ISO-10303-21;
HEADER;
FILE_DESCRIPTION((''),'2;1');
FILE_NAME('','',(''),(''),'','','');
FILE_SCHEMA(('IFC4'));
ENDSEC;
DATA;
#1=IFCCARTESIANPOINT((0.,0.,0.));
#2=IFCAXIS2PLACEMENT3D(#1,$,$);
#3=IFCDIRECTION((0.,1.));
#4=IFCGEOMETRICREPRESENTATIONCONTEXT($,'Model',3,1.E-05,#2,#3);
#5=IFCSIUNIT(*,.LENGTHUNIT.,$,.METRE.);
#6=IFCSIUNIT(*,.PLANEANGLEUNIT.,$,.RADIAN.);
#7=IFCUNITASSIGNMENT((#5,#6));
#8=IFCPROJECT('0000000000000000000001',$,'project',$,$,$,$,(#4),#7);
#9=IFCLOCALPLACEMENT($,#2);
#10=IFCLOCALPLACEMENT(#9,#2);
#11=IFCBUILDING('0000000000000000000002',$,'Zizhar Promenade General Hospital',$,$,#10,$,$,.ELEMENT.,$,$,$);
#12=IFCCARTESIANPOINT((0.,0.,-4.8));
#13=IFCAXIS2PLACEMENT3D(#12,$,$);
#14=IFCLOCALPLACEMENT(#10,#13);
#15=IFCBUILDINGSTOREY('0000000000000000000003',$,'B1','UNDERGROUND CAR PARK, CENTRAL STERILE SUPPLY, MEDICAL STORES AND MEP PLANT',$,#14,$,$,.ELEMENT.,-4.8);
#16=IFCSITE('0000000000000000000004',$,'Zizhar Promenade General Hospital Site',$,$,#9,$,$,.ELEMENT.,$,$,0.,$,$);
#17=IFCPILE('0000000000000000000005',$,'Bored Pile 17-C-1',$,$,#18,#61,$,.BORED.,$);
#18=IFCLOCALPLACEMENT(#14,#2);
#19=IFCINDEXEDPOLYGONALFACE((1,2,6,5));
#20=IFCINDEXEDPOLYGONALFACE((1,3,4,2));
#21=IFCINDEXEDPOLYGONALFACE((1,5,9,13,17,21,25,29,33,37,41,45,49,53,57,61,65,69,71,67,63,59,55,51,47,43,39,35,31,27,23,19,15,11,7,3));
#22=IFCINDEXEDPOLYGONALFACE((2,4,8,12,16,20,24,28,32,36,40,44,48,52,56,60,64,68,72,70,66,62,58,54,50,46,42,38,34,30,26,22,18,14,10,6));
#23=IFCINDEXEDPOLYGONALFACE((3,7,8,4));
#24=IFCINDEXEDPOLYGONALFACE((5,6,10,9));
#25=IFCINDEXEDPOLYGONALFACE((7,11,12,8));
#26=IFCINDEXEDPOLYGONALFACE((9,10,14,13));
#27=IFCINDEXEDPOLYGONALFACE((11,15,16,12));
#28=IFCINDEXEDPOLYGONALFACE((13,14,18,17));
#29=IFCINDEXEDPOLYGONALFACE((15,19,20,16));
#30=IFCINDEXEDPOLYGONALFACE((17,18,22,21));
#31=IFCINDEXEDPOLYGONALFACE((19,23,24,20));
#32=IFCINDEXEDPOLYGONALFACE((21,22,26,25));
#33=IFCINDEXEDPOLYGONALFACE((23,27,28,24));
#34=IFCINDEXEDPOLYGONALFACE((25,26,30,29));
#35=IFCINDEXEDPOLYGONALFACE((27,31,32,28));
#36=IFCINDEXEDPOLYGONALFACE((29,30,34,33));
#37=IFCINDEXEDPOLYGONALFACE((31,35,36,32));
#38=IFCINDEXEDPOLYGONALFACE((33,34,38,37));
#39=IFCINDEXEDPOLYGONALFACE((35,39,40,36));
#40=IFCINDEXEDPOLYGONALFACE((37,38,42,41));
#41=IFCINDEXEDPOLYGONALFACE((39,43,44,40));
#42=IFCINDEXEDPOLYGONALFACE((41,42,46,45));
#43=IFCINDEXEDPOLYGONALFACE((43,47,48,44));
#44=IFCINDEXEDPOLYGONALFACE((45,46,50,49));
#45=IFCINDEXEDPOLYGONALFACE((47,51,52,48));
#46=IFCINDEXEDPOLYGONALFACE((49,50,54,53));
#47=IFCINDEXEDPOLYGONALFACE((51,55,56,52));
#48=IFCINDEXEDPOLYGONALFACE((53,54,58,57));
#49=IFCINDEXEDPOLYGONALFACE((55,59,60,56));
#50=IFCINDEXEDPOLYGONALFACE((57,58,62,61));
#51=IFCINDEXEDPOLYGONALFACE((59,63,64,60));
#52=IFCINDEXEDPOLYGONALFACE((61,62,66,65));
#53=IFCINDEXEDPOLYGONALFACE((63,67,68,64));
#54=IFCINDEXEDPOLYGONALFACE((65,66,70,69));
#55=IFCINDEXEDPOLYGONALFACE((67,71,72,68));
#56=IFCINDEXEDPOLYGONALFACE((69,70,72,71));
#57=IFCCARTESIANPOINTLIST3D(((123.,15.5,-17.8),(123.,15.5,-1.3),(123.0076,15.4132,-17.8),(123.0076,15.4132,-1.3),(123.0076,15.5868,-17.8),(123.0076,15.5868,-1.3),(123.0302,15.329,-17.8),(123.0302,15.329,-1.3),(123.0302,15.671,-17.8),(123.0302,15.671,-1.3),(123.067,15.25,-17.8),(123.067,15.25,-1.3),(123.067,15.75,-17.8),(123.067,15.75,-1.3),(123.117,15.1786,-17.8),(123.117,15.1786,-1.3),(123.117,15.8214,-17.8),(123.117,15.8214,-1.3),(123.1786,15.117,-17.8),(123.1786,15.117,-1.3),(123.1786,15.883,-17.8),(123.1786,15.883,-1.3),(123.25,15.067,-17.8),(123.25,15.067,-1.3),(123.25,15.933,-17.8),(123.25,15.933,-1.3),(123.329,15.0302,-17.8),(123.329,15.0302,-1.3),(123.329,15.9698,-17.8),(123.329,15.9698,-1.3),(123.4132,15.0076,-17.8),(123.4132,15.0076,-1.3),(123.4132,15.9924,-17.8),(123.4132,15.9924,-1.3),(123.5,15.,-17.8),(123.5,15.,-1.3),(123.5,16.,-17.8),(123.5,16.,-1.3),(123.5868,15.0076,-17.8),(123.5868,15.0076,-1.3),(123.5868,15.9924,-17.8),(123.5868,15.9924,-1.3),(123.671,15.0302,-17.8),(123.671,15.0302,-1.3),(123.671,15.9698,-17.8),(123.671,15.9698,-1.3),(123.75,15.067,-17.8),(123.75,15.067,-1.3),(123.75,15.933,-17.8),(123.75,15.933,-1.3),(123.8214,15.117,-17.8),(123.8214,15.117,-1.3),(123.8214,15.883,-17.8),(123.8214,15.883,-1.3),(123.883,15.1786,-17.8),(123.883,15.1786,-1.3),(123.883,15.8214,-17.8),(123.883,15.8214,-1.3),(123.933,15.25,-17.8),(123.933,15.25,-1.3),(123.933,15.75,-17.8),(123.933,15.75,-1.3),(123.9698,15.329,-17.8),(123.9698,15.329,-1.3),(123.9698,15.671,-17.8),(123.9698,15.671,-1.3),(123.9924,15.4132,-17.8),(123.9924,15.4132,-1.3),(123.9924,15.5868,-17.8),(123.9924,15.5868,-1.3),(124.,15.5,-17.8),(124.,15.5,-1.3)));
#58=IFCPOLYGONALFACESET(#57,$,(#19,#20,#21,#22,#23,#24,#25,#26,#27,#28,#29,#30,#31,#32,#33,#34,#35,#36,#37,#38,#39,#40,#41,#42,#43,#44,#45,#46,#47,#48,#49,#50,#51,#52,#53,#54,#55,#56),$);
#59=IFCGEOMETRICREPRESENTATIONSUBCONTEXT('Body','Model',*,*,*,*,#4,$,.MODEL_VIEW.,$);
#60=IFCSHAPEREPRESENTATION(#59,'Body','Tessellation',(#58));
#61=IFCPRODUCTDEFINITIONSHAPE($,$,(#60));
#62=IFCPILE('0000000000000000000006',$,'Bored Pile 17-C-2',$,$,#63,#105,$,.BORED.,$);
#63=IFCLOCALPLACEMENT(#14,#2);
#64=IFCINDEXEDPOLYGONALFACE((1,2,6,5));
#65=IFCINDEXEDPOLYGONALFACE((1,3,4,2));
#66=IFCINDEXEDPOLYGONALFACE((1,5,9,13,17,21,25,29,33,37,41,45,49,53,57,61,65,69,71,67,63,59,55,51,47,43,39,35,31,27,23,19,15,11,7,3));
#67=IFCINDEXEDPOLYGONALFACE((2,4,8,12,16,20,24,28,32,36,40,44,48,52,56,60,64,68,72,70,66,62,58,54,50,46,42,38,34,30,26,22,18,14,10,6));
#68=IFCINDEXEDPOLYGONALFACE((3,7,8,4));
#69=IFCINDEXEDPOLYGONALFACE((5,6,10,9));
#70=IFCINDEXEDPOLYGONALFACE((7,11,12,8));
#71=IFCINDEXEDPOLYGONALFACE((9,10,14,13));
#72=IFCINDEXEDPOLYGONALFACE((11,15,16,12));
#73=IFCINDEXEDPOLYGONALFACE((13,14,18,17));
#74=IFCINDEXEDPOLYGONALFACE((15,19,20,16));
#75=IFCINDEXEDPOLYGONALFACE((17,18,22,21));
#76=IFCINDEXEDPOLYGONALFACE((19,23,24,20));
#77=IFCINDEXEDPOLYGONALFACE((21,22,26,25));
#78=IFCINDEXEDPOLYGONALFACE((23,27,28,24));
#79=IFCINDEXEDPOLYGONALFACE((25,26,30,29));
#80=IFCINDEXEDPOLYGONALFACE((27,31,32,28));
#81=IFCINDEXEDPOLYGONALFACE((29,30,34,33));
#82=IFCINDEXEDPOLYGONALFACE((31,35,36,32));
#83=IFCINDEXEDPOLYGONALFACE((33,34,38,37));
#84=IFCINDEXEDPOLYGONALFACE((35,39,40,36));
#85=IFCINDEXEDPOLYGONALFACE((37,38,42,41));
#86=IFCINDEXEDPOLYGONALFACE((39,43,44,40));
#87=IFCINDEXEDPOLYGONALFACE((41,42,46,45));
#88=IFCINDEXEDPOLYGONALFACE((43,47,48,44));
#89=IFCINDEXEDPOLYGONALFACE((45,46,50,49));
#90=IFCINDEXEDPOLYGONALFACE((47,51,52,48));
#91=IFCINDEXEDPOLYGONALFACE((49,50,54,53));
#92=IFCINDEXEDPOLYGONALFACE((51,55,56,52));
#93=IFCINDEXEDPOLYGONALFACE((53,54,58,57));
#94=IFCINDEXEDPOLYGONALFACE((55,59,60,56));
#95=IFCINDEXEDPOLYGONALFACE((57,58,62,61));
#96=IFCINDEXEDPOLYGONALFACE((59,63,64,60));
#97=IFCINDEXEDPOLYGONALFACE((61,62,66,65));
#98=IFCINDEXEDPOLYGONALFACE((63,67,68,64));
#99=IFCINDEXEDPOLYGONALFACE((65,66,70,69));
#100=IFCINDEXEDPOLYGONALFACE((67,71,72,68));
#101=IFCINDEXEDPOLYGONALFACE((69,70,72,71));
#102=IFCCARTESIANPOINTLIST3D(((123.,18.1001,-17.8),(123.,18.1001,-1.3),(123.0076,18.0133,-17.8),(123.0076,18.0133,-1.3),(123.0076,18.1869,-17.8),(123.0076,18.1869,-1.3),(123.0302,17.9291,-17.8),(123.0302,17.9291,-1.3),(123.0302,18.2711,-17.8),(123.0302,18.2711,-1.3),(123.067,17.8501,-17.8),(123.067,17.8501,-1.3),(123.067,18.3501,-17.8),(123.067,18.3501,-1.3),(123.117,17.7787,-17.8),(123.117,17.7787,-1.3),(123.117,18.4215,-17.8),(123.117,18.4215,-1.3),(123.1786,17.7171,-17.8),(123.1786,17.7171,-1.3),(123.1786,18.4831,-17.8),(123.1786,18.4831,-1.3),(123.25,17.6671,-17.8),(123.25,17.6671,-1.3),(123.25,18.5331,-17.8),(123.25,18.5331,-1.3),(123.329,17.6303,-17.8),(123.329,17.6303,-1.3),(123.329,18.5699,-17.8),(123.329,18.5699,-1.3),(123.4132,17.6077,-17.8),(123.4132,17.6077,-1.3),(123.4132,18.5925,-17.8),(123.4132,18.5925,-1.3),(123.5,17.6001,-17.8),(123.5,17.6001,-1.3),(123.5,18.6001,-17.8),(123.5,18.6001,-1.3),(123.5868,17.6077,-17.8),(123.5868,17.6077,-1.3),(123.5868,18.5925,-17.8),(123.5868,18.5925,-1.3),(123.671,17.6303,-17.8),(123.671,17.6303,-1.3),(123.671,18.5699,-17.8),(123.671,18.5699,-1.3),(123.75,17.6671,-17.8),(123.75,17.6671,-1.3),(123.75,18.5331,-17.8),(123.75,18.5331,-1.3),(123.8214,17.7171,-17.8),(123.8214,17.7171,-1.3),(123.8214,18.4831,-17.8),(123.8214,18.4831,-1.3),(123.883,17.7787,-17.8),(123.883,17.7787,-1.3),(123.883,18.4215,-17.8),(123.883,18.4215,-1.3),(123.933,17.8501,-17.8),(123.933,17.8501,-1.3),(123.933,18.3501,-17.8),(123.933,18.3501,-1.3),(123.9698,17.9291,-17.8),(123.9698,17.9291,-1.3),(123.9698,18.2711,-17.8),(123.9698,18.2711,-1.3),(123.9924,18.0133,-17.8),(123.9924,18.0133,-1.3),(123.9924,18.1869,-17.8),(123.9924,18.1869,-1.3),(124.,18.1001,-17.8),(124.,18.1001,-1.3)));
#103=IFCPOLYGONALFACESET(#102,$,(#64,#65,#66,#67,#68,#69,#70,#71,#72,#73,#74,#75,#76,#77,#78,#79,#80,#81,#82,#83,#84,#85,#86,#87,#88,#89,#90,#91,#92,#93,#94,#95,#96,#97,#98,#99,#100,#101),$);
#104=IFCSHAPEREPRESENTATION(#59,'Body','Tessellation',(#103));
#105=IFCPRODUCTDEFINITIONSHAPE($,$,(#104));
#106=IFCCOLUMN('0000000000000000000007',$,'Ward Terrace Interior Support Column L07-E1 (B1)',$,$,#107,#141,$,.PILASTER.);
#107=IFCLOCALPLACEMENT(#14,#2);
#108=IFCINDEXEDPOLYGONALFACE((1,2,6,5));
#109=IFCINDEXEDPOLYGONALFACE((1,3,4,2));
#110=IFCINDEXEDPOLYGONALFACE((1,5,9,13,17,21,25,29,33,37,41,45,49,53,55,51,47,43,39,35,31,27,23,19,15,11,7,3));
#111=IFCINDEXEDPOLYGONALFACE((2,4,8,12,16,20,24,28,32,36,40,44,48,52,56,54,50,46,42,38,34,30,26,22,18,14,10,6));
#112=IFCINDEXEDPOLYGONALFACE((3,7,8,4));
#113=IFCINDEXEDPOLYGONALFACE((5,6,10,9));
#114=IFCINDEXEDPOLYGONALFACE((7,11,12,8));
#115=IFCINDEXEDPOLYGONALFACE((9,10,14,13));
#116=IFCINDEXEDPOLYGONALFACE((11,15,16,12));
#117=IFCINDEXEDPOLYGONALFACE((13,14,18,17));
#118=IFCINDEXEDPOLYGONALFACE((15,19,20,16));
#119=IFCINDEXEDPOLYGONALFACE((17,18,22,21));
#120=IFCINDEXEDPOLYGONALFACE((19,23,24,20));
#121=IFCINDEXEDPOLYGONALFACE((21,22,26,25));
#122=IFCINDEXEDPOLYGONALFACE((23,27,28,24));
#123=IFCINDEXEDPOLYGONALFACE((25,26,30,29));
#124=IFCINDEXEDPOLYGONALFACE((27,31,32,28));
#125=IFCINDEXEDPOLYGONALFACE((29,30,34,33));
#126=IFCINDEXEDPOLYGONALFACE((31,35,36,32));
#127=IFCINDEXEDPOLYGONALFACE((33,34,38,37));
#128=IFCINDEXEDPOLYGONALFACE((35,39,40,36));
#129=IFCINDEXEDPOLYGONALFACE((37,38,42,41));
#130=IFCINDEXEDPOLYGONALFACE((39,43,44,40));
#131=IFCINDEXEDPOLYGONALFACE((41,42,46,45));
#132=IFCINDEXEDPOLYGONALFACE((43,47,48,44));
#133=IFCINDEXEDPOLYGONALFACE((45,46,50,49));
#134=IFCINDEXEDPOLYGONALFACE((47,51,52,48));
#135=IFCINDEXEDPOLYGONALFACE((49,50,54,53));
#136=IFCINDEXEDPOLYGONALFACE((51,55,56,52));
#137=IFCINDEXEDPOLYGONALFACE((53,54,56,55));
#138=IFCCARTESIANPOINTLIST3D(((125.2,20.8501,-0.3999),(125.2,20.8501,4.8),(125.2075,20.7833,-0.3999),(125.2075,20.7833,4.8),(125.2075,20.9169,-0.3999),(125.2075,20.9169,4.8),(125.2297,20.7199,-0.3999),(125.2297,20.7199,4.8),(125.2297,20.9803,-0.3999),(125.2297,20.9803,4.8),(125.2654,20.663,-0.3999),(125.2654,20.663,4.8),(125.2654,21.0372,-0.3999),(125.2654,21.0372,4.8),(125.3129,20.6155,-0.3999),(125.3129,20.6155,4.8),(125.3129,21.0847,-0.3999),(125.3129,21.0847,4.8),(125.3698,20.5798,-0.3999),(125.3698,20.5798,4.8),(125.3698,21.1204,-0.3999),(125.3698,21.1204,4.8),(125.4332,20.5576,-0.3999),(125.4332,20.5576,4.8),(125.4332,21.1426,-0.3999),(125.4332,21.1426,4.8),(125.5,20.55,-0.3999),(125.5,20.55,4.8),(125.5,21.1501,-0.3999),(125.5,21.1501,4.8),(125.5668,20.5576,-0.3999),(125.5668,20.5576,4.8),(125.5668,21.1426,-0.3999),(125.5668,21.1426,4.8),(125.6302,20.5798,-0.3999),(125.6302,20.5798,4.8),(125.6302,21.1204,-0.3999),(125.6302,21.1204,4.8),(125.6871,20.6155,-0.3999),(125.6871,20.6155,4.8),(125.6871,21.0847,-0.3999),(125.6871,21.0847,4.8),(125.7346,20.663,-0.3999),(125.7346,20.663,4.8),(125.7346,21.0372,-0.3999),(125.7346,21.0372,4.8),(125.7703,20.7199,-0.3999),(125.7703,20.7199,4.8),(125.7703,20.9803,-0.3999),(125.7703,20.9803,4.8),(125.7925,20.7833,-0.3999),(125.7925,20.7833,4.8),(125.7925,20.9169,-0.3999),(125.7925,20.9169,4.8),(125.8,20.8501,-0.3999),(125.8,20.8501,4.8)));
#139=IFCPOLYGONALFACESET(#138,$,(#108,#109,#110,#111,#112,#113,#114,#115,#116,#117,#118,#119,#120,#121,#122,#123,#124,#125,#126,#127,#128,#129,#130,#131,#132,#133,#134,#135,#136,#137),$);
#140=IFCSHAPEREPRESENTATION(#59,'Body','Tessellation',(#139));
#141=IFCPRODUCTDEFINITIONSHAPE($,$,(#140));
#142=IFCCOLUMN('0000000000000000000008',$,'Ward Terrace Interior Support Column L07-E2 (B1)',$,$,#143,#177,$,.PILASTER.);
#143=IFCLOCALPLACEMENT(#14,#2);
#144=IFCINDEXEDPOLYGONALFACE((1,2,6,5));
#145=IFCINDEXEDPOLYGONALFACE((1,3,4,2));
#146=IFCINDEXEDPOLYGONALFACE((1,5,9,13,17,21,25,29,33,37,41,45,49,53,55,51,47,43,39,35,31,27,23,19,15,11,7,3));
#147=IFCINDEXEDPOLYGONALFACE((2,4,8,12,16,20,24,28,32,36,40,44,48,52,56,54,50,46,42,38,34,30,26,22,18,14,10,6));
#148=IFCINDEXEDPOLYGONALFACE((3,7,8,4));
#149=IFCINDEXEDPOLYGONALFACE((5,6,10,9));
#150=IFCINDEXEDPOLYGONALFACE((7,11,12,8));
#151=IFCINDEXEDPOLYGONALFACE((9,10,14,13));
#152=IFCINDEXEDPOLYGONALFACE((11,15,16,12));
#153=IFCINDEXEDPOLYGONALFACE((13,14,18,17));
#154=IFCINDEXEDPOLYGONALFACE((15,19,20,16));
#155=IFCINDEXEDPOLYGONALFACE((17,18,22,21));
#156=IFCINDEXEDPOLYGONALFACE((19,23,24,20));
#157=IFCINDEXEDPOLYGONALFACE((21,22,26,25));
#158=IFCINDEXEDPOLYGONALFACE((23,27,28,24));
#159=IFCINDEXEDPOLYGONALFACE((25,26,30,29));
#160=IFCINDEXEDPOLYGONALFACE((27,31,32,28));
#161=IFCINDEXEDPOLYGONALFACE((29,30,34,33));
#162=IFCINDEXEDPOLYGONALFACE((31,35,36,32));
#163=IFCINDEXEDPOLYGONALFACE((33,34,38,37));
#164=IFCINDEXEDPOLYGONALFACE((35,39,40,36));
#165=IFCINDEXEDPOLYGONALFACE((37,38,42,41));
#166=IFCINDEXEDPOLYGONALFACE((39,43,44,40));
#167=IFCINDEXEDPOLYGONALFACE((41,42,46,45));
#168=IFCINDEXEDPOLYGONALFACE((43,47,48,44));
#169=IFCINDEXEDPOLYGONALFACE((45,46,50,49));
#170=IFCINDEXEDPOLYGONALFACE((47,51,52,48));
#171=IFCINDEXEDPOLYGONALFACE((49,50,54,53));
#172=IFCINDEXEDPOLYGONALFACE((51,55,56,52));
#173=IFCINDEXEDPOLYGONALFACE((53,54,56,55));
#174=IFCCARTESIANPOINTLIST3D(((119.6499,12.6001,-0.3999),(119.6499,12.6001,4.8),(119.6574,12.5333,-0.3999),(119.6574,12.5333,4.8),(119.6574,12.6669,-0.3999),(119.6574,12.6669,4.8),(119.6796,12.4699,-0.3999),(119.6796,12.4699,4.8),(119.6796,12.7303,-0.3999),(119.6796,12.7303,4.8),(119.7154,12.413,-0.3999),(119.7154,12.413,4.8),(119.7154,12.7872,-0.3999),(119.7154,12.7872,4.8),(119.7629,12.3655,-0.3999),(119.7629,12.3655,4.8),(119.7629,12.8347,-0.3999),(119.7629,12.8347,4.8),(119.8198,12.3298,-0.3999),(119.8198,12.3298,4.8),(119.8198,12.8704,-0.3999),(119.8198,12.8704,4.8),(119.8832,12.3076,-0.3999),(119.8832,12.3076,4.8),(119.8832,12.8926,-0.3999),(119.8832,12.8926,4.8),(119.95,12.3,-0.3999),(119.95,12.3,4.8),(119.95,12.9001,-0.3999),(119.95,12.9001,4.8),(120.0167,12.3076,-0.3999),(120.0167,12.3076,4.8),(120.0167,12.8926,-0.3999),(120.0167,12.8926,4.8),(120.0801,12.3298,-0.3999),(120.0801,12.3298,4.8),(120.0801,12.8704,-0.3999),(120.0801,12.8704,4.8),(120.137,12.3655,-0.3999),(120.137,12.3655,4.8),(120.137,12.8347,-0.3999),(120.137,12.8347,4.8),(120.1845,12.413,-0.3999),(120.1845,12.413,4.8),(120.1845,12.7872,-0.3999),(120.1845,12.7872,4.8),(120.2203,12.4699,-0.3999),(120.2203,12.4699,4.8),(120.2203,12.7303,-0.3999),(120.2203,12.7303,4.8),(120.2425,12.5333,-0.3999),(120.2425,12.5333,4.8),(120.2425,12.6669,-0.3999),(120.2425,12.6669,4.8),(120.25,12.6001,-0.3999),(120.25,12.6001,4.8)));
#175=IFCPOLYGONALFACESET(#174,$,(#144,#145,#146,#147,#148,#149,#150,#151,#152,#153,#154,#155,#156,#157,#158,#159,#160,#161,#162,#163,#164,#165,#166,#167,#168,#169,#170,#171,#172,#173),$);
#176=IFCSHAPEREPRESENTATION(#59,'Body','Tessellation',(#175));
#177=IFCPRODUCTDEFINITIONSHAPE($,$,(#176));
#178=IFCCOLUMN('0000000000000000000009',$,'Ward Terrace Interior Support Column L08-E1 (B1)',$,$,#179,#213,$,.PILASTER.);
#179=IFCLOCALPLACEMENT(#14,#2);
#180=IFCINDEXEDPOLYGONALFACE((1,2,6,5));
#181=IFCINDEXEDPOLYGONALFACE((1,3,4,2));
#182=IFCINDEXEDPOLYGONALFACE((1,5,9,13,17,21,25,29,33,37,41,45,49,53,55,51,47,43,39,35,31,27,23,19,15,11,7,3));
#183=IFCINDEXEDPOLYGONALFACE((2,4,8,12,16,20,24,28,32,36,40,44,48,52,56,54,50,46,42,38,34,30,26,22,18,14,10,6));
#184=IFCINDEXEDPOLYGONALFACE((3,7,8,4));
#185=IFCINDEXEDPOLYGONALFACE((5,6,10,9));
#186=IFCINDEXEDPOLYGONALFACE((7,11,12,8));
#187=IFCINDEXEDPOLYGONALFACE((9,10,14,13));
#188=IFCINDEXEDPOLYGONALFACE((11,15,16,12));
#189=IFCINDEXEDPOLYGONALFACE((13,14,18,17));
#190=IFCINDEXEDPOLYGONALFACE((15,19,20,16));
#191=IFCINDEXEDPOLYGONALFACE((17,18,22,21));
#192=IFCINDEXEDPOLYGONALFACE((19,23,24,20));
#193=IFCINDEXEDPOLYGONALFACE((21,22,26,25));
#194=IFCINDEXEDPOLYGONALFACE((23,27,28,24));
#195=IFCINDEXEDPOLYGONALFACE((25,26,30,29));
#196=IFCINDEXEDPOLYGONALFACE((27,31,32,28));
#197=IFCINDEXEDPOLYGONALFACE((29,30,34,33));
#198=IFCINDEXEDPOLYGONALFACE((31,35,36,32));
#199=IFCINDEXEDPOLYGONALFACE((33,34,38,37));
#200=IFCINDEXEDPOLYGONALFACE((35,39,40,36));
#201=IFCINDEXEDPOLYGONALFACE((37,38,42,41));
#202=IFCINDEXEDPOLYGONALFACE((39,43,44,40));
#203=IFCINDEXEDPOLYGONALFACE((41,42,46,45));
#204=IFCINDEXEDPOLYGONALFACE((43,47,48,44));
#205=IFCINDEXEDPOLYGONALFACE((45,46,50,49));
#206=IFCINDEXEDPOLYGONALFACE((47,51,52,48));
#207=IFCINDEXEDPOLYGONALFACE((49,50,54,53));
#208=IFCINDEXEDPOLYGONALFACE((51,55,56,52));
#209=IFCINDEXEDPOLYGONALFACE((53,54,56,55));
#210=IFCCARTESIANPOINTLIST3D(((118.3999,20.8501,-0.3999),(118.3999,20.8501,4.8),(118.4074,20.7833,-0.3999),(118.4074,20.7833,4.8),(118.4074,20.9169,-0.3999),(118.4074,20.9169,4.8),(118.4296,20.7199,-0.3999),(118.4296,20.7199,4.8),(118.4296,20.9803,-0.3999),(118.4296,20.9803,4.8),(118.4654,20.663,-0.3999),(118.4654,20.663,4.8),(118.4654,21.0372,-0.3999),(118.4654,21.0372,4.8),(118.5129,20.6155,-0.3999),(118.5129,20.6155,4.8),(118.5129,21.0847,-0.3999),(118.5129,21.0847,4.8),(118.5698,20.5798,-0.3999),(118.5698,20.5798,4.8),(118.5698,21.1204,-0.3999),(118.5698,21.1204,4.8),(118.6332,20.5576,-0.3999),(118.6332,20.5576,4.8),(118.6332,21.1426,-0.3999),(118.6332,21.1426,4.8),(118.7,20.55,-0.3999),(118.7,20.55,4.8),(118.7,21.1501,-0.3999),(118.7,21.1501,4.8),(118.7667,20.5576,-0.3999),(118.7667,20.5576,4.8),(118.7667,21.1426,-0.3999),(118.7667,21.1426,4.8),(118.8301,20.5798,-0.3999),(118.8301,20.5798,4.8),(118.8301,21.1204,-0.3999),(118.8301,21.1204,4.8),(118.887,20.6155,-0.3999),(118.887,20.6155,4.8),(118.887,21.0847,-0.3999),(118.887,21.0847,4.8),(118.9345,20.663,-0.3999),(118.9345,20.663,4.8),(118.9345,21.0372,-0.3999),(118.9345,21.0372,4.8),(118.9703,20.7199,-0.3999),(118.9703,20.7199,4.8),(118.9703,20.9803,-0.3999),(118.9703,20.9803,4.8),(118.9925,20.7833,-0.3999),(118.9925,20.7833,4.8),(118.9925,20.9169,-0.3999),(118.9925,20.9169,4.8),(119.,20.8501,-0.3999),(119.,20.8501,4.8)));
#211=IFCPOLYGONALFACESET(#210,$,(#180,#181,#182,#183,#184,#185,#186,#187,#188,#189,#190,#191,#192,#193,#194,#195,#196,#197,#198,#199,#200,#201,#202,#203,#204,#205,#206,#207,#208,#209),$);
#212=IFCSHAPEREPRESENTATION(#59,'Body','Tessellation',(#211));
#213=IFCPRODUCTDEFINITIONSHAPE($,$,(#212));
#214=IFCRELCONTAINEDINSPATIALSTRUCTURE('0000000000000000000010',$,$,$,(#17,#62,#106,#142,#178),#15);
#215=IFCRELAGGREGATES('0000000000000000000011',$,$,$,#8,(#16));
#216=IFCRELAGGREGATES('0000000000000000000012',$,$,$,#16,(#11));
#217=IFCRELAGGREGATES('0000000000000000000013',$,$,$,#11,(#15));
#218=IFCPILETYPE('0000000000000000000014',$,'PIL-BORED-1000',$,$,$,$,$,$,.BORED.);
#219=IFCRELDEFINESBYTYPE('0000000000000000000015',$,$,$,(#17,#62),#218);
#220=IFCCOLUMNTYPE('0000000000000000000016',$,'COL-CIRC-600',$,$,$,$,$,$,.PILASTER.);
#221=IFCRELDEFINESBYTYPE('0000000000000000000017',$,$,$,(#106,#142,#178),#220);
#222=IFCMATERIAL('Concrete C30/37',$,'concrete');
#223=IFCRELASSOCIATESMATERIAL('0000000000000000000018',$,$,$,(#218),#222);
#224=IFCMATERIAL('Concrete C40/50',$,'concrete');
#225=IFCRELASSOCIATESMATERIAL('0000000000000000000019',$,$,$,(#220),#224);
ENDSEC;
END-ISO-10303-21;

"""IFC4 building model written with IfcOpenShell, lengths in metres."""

from ifc_helpers import new_model, si_unit, direction, frame, origin, origin_2d, place, context, subcontext, project, spatial, circle, extrude, material, material_profile, profile_set, type_object, element, save


model = new_model("IFC4")

# Units and contexts
model_context = context("Model", 3, precision=1e-05, world=origin(), true_north=direction((0.0, 1.0)))
body_context = subcontext(model_context, "Body", "Model", "MODEL_VIEW")
ifc_project = project(units=[si_unit("LENGTHUNIT", "METRE"), si_unit("PLANEANGLEUNIT", "RADIAN")], contexts=[model_context])

# Site, building, storey
site_placement = place(None, origin())
site = spatial("IfcSite", under=ifc_project, at=site_placement, Name="Zizhar Promenade General Hospital Site", CompositionType="ELEMENT", RefElevation=0.0)
building_placement = place(site_placement, origin())
building = spatial("IfcBuilding", under=site, at=building_placement, Name="Zizhar Promenade General Hospital", CompositionType="ELEMENT")
storey_placement = place(building_placement, frame((0.0, 0.0, -4.8)))
storey = spatial("IfcBuildingStorey", under=building, at=storey_placement, Name="B1", Description="UNDERGROUND CAR PARK, CENTRAL STERILE SUPPLY, MEDICAL STORES AND MEP PLANT", CompositionType="ELEMENT", Elevation=-4.8)

# Piles
ifc_material_1 = material(Name="Concrete C30/37", Category="concrete")
ifc_material_profile_1 = material_profile(ifc_material_1, circle(Radius=0.5, at=origin_2d()))
ifc_profile_set_1 = profile_set([ifc_material_profile_1], Name="Concrete C30/37")
pile_type = type_object("IfcPileType", Name="PIL-BORED-1000", PredefinedType="BORED", material=ifc_profile_set_1)
for number, where, z_axis, x_axis, name in (
    (1, (123.5, 15.5, -1.3), (0.0, 0.0, -1.0), (1.0, 0.0, 0.0), "Bored Pile 17-C-1"),
    (2, (123.5, 18.1001, -1.3), (0.0, 0.0, -1.0), (1.0, 0.0, 0.0), "Bored Pile 17-C-2"),
):
    element("IfcPile", number, at=place(storey_placement, frame(where, z_axis=z_axis, x_axis=x_axis)), inside=storey, type_object=pile_type, Name=name, PredefinedType="BORED", context=body_context, shape_type="SweptSolid", body=[
        extrude(circle(Radius=0.5, at=origin_2d()), origin(), (0.0, 0.0, 1.0), 16.5),
    ])

# Columns
ifc_material_2 = material(Name="Concrete C40/50", Category="concrete")
ifc_material_profile_2 = material_profile(ifc_material_2, circle(Radius=0.3, at=origin_2d()))
ifc_profile_set_2 = profile_set([ifc_material_profile_2], Name="Concrete C40/50")
column_type_1 = type_object("IfcColumnType", Name="COL-CIRC-600", PredefinedType="PILASTER", material=ifc_profile_set_2)
for number, where, z_axis, x_axis, name in (
    (3, (125.5, 20.8501, -0.3999), (0.0, 0.0, 1.0), (1.0, 0.0, 0.0), "Ward Terrace Interior Support Column L07-E1 (B1)"),
    (4, (119.95, 12.6001, -0.3999), (0.0, 0.0, 1.0), (1.0, 0.0, 0.0), "Ward Terrace Interior Support Column L07-E2 (B1)"),
    (5, (118.7, 20.8501, -0.3999), (0.0, 0.0, 1.0), (1.0, 0.0, 0.0), "Ward Terrace Interior Support Column L08-E1 (B1)"),
):
    element("IfcColumn", number, at=place(storey_placement, frame(where, z_axis=z_axis, x_axis=x_axis)), inside=storey, type_object=column_type_1, Name=name, PredefinedType="PILASTER", context=body_context, shape_type="SweptSolid", body=[
        extrude(circle(Radius=0.3, at=origin_2d()), origin(), (0.0, 0.0, 1.0), 5.2),
    ])

save(model, "model.ifc")
